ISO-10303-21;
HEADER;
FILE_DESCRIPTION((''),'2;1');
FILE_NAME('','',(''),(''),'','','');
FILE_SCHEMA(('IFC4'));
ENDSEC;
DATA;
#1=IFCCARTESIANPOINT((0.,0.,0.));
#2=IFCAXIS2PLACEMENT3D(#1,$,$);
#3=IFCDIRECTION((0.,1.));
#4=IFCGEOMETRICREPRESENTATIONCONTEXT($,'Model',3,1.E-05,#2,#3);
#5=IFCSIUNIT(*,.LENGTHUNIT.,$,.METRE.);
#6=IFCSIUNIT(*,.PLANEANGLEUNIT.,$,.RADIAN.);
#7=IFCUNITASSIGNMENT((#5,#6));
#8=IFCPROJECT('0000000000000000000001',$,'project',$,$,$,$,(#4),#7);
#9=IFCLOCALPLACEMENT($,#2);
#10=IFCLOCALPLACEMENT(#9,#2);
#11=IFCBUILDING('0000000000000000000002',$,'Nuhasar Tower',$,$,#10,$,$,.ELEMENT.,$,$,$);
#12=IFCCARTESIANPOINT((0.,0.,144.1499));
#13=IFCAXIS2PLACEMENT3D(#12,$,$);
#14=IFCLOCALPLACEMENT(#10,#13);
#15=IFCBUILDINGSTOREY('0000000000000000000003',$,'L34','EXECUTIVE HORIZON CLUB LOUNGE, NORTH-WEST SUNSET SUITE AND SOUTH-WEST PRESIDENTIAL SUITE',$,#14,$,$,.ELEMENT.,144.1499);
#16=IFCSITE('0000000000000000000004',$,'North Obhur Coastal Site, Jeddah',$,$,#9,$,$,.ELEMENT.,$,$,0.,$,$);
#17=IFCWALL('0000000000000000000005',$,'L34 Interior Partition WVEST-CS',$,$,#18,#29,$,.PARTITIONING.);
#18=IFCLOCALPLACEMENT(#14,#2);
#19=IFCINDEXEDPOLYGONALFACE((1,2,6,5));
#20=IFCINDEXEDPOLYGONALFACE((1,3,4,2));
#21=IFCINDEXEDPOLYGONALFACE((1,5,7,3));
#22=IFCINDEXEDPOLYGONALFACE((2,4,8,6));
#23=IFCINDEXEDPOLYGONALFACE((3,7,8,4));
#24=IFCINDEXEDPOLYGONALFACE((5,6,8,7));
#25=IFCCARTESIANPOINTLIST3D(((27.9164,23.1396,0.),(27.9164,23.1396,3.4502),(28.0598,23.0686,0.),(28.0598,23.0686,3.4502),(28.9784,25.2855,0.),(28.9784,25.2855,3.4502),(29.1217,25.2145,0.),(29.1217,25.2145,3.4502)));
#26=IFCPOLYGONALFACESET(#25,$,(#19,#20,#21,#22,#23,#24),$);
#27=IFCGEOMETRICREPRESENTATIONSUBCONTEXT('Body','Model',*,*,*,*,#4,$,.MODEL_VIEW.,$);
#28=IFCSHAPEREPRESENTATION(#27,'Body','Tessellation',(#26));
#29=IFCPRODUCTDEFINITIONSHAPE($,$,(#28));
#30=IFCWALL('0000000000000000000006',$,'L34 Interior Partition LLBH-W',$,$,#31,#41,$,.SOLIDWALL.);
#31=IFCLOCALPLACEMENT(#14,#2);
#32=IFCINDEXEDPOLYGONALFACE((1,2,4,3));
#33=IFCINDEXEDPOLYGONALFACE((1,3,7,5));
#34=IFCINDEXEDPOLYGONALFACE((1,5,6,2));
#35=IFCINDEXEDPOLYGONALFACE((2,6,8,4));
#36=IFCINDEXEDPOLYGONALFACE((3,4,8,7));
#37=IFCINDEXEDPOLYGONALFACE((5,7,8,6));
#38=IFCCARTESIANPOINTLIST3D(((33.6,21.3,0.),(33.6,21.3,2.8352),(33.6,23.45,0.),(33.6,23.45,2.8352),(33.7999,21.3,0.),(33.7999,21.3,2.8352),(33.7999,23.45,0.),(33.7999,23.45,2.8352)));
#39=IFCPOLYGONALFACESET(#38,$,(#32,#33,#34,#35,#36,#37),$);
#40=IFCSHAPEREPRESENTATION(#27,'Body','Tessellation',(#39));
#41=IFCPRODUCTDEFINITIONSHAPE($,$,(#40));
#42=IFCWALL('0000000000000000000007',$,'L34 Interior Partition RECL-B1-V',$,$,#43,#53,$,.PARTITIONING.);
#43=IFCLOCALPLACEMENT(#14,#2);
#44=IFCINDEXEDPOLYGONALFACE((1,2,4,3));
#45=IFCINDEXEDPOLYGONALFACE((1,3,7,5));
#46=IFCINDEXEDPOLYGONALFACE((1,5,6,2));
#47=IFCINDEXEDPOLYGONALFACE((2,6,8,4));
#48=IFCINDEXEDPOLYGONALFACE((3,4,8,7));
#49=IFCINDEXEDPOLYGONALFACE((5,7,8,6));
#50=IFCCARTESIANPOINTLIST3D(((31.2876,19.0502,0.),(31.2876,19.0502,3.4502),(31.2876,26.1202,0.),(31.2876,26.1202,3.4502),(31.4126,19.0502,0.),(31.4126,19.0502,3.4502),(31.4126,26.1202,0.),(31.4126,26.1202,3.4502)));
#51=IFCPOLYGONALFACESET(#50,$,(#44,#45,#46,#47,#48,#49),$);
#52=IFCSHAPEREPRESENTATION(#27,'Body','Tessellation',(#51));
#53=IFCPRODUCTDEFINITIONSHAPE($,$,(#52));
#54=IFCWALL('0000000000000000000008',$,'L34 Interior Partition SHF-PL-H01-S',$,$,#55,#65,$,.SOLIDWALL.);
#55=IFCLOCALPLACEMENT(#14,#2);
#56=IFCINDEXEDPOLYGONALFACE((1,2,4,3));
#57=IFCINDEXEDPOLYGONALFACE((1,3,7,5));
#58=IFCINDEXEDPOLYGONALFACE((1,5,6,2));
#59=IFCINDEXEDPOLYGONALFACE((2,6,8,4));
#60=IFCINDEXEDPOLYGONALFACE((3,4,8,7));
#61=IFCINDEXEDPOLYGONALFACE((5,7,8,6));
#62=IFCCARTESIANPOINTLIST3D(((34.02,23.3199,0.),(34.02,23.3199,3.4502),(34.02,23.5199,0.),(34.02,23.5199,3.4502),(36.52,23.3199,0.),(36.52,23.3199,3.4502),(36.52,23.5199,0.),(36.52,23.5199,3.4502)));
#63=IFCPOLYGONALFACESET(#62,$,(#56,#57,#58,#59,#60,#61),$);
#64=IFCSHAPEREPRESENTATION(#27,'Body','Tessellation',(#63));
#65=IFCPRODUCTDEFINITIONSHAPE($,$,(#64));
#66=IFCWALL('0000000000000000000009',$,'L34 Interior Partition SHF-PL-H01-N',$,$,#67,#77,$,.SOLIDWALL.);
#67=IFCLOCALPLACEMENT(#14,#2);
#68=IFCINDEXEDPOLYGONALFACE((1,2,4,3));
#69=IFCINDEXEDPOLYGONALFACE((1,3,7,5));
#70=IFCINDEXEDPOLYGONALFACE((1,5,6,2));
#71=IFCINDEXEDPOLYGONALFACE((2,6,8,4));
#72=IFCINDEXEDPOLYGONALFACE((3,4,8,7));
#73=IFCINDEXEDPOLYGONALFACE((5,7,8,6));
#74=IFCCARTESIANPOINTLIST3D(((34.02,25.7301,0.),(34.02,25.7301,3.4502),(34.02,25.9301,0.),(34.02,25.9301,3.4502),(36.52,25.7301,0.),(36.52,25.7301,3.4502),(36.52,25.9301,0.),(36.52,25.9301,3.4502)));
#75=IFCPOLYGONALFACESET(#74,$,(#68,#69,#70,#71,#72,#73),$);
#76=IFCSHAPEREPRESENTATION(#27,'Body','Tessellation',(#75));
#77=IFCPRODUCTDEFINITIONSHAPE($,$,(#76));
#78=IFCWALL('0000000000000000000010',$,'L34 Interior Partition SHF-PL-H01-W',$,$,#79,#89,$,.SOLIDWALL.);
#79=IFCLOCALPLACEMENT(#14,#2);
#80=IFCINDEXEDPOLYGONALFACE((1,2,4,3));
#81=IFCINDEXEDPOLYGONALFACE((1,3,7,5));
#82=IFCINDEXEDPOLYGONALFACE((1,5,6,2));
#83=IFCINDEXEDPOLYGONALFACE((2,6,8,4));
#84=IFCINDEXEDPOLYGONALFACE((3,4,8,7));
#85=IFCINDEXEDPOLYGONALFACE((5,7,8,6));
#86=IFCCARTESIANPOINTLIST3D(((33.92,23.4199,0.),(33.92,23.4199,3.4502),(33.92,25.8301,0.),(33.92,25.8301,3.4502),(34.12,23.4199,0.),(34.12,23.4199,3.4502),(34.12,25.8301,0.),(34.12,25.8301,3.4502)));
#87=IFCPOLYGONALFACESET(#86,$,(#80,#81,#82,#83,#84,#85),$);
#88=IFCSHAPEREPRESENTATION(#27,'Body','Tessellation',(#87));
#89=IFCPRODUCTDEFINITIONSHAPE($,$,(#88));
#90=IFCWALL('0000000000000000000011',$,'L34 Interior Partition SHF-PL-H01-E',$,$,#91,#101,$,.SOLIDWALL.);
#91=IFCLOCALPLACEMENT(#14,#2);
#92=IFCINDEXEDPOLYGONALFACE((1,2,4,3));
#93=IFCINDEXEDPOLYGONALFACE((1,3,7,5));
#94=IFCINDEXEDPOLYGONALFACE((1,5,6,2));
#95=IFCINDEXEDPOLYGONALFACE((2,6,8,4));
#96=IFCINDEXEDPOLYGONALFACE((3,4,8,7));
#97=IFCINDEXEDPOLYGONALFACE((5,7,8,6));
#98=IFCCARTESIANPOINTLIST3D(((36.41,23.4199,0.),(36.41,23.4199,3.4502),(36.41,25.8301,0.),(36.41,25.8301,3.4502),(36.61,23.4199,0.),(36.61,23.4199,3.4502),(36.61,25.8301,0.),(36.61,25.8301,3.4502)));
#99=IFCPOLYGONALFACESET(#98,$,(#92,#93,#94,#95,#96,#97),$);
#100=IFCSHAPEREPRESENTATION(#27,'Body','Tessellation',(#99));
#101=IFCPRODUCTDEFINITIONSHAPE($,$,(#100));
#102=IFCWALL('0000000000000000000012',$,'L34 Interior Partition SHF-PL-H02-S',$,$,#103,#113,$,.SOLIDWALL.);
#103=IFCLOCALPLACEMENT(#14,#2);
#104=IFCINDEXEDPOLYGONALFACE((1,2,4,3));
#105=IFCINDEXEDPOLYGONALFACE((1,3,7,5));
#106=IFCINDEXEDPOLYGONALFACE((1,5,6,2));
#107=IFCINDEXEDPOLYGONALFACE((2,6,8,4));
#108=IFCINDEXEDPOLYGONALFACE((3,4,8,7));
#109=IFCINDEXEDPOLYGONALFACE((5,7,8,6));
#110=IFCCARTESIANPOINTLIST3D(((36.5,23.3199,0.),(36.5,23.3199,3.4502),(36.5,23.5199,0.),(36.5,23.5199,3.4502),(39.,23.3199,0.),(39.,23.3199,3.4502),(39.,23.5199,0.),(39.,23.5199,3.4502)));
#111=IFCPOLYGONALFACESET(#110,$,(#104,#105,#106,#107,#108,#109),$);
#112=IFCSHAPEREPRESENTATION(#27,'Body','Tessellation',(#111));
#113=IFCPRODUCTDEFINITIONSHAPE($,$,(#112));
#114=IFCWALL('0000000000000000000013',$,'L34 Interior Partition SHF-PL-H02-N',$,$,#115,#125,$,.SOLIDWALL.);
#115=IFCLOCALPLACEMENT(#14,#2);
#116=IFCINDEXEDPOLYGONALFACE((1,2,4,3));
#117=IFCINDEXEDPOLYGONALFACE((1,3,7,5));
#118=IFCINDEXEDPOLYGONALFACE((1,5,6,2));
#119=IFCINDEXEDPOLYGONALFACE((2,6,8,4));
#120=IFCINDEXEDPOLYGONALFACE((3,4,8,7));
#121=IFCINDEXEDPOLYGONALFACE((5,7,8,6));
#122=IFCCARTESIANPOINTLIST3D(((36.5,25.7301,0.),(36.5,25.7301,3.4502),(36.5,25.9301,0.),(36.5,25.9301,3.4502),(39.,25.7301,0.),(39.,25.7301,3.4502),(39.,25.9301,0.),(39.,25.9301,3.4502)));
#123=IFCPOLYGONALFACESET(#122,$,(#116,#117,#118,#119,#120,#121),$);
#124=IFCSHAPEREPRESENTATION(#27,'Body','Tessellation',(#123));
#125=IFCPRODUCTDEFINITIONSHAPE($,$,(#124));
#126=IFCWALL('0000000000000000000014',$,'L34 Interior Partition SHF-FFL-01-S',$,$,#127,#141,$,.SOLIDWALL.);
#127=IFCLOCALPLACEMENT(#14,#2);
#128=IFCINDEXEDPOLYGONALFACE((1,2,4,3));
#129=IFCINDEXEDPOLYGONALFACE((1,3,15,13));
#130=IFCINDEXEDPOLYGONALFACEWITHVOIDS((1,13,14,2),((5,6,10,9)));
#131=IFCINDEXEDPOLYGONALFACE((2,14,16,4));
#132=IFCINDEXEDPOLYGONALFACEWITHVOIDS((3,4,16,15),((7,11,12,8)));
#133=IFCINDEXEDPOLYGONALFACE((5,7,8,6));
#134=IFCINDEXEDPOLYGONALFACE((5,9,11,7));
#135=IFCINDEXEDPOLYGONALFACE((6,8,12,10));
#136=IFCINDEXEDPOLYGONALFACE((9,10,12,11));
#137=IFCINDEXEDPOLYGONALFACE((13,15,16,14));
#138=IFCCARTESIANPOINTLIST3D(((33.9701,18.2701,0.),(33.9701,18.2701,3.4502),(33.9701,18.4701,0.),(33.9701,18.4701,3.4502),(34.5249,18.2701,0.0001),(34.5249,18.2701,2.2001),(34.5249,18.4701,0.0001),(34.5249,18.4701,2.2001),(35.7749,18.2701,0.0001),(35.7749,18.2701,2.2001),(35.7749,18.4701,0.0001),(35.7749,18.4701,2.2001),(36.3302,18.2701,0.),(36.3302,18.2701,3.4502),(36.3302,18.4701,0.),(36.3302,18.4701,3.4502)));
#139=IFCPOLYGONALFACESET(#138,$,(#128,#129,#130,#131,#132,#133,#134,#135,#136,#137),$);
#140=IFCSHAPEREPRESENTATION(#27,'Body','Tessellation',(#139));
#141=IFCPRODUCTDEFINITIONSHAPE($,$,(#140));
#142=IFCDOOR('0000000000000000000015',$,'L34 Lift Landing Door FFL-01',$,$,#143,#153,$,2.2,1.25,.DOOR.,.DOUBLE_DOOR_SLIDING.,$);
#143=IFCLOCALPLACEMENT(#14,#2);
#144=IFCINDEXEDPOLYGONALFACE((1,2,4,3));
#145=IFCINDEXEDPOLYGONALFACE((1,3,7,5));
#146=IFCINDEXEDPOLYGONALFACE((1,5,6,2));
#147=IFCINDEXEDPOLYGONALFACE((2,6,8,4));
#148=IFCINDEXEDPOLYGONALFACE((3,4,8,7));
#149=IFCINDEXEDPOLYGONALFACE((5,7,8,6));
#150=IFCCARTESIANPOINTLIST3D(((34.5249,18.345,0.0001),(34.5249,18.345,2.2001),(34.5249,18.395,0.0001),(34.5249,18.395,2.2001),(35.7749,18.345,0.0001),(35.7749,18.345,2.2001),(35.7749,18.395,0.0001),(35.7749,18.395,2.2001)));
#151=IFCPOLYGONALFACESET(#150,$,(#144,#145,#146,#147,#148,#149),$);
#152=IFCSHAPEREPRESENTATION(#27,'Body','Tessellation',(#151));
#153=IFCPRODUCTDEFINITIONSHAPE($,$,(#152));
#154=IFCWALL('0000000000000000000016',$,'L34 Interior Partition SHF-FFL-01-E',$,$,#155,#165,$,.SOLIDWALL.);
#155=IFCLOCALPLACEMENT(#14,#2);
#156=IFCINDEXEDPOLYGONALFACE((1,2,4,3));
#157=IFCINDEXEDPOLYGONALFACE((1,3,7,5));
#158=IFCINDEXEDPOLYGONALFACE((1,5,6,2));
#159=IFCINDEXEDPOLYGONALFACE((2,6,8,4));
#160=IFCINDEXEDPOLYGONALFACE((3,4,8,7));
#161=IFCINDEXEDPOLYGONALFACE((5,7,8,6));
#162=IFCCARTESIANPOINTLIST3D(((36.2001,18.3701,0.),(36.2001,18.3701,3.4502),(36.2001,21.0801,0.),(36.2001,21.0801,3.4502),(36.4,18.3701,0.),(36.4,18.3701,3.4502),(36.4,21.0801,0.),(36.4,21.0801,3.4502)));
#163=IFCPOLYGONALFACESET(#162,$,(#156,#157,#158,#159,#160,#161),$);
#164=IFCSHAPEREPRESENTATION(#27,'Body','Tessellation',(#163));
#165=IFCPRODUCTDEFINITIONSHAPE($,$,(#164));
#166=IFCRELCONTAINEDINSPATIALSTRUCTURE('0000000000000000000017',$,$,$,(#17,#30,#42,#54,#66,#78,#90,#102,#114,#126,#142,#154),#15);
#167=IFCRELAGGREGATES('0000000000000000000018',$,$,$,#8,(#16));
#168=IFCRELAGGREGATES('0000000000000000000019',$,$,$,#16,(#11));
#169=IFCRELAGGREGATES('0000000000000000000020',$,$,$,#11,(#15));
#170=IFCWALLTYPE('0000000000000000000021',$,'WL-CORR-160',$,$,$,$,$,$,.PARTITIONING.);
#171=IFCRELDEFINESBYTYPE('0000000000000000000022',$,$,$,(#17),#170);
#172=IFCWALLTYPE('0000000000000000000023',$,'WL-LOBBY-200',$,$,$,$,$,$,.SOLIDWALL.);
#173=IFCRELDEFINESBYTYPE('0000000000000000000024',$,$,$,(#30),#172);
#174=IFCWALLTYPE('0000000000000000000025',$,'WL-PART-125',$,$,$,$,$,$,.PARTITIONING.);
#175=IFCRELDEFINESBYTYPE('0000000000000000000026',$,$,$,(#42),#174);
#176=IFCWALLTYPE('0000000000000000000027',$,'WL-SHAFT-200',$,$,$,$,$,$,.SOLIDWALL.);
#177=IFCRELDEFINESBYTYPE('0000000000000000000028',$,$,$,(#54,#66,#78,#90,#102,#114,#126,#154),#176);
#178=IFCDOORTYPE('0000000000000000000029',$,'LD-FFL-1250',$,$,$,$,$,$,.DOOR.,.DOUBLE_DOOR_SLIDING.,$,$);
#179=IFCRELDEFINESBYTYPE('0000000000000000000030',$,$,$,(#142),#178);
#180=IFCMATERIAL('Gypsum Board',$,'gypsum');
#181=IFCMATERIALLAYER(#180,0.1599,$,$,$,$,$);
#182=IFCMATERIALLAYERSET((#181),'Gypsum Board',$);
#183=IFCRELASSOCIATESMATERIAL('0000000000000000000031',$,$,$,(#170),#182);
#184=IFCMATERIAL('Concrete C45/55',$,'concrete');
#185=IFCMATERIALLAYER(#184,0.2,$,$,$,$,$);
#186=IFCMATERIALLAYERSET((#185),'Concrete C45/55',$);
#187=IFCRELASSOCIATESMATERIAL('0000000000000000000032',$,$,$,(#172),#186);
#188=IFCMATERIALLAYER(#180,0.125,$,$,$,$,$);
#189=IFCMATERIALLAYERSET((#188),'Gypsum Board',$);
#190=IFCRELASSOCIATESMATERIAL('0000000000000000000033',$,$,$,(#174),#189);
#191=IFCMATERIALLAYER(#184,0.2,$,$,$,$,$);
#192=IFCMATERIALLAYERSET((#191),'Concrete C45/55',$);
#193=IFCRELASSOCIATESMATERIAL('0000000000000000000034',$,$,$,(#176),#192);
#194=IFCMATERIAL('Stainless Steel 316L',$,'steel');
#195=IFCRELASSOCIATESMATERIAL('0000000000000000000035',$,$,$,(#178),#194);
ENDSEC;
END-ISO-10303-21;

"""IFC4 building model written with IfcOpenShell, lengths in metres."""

from ifc_helpers import new_model, si_unit, direction, frame, frame_2d, origin, place, context, subcontext, project, spatial, rectangle, extrude, material, layer, layer_set, type_object, element, fill, save


model = new_model("IFC4")

# Units and contexts
model_context = context("Model", 3, precision=1e-05, world=origin(), true_north=direction((0.0, 1.0)))
body_context = subcontext(model_context, "Body", "Model", "MODEL_VIEW")
ifc_project = project(units=[si_unit("LENGTHUNIT", "METRE"), si_unit("PLANEANGLEUNIT", "RADIAN")], contexts=[model_context])

# Site, building, storey
site_placement = place(None, origin())
site = spatial("IfcSite", under=ifc_project, at=site_placement, Name="North Obhur Coastal Site, Jeddah", CompositionType="ELEMENT", RefElevation=0.0)
building_placement = place(site_placement, origin())
building = spatial("IfcBuilding", under=site, at=building_placement, Name="Nuhasar Tower", CompositionType="ELEMENT")
storey_placement = place(building_placement, frame((0.0, 0.0, 144.1499)))
storey = spatial("IfcBuildingStorey", under=building, at=storey_placement, Name="L34", Description="EXECUTIVE HORIZON CLUB LOUNGE, NORTH-WEST SUNSET SUITE AND SOUTH-WEST PRESIDENTIAL SUITE", CompositionType="ELEMENT", Elevation=144.1499)

# Shared definitions
ifc_material_1 = material(Name="Gypsum Board", Category="gypsum")
ifc_layer_1 = layer(ifc_material_1, 0.1599)
ifc_layer_set_1 = layer_set([ifc_layer_1], Name="Gypsum Board")
wall_type_1 = type_object("IfcWallType", Name="WL-CORR-160", PredefinedType="PARTITIONING", material=ifc_layer_set_1)

# Walls
wall_1_placement = place(storey_placement, frame((27.988, 23.104, 0.0), z_axis=(0.0, 0.0, 1.0), x_axis=(0.443539, 0.896255, 0.0)))
element("IfcWall", 1, at=wall_1_placement, inside=storey, type_object=wall_type_1, Name="L34 Interior Partition WVEST-CS", PredefinedType="PARTITIONING", context=body_context, shape_type="SweptSolid", body=[
    extrude(rectangle(XDim=2.3943, YDim=0.1599, at=frame_2d((1.1973, 0.0))), origin(), (0.0, 0.0, 1.0), 3.4502),
])
ifc_material_2 = material(Name="Concrete C45/55", Category="concrete")
ifc_layer_2 = layer(ifc_material_2, 0.2)
ifc_layer_set_2 = layer_set([ifc_layer_2], Name="Concrete C45/55")
wall_type_2 = type_object("IfcWallType", Name="WL-LOBBY-200", PredefinedType="SOLIDWALL", material=ifc_layer_set_2)
wall_2_placement = place(storey_placement, frame((33.7, 21.3, 0.0), z_axis=(0.0, 0.0, 1.0), x_axis=(0.0, 1.0, 0.0)))
element("IfcWall", 2, at=wall_2_placement, inside=storey, type_object=wall_type_2, Name="L34 Interior Partition LLBH-W", PredefinedType="SOLIDWALL", context=body_context, shape_type="SweptSolid", body=[
    extrude(rectangle(XDim=2.1499, YDim=0.2, at=frame_2d((1.075, 0.0))), origin(), (0.0, 0.0, 1.0), 2.8352),
])
ifc_layer_3 = layer(ifc_material_1, 0.125)
ifc_layer_set_3 = layer_set([ifc_layer_3], Name="Gypsum Board")
wall_type_3 = type_object("IfcWallType", Name="WL-PART-125", PredefinedType="PARTITIONING", material=ifc_layer_set_3)
wall_3_placement = place(storey_placement, frame((31.3501, 19.05, 0.0), z_axis=(0.0, 0.0, 1.0), x_axis=(0.0, 1.0, 0.0)))
element("IfcWall", 3, at=wall_3_placement, inside=storey, type_object=wall_type_3, Name="L34 Interior Partition RECL-B1-V", PredefinedType="PARTITIONING", context=body_context, shape_type="SweptSolid", body=[
    extrude(rectangle(XDim=7.0701, YDim=0.125, at=frame_2d((3.5352, 0.0))), origin(), (0.0, 0.0, 1.0), 3.4502),
])
ifc_layer_4 = layer(ifc_material_2, 0.2)
ifc_layer_set_4 = layer_set([ifc_layer_4], Name="Concrete C45/55")
wall_type_4 = type_object("IfcWallType", Name="WL-SHAFT-200", PredefinedType="SOLIDWALL", material=ifc_layer_set_4)
for number, where, z_axis, x_axis, name in (
    (4, (34.02, 23.4199, 0.0), (0.0, 0.0, 1.0), (1.0, 0.0, 0.0), "L34 Interior Partition SHF-PL-H01-S"),
    (5, (34.02, 25.8301, 0.0), (0.0, 0.0, 1.0), (1.0, 0.0, 0.0), "L34 Interior Partition SHF-PL-H01-N"),
):
    element("IfcWall", number, at=place(storey_placement, frame(where, z_axis=z_axis, x_axis=x_axis)), inside=storey, type_object=wall_type_4, Name=name, PredefinedType="SOLIDWALL", context=body_context, shape_type="SweptSolid", body=[
        extrude(rectangle(XDim=2.5, YDim=0.2, at=frame_2d((1.25, 0.0))), origin(), (0.0, 0.0, 1.0), 3.4502),
    ])
for number, where, z_axis, x_axis, name in (
    (6, (34.02, 23.4199, 0.0), (0.0, 0.0, 1.0), (0.0, 1.0, 0.0), "L34 Interior Partition SHF-PL-H01-W"),
    (7, (36.51, 23.4199, 0.0), (0.0, 0.0, 1.0), (0.0, 1.0, 0.0), "L34 Interior Partition SHF-PL-H01-E"),
):
    element("IfcWall", number, at=place(storey_placement, frame(where, z_axis=z_axis, x_axis=x_axis)), inside=storey, type_object=wall_type_4, Name=name, PredefinedType="SOLIDWALL", context=body_context, shape_type="SweptSolid", body=[
        extrude(rectangle(XDim=2.4102, YDim=0.2, at=frame_2d((1.2051, 0.0))), origin(), (0.0, 0.0, 1.0), 3.4502),
    ])
for number, where, z_axis, x_axis, name in (
    (8, (36.5, 23.4199, 0.0), (0.0, 0.0, 1.0), (1.0, 0.0, 0.0), "L34 Interior Partition SHF-PL-H02-S"),
    (9, (36.5, 25.8301, 0.0), (0.0, 0.0, 1.0), (1.0, 0.0, 0.0), "L34 Interior Partition SHF-PL-H02-N"),
):
    element("IfcWall", number, at=place(storey_placement, frame(where, z_axis=z_axis, x_axis=x_axis)), inside=storey, type_object=wall_type_4, Name=name, PredefinedType="SOLIDWALL", context=body_context, shape_type="SweptSolid", body=[
        extrude(rectangle(XDim=2.5, YDim=0.2, at=frame_2d((1.25, 0.0))), origin(), (0.0, 0.0, 1.0), 3.4502),
    ])

# Wall, opening, door
wall_4_placement = place(storey_placement, frame((33.97, 18.3701, 0.0), z_axis=(0.0, 0.0, 1.0), x_axis=(1.0, 0.0, 0.0)))
wall_4 = element("IfcWall", 10, at=wall_4_placement, inside=storey, type_object=wall_type_4, Name="L34 Interior Partition SHF-FFL-01-S", PredefinedType="SOLIDWALL", context=body_context, shape_type="SweptSolid", body=[
    extrude(rectangle(XDim=2.3601, YDim=0.2, at=frame_2d((1.1802, 0.0))), origin(), (0.0, 0.0, 1.0), 3.4502),
])
opening_1_placement = place(wall_4_placement, frame((0.5549, 0.0, 0.0)))
opening_1 = element("IfcOpeningElement", 11, at=opening_1_placement, cuts=wall_4, PredefinedType="OPENING", context=body_context, shape_type="SweptSolid", body=[
    extrude(rectangle(XDim=1.25, YDim=2.2, at=frame_2d((0.625, 1.1001))), frame((0.0, 0.1099, 0.0), z_axis=(0.0, -1.0, 0.0), x_axis=(1.0, 0.0, 0.0)), (0.0, 0.0, 1.0), 0.22),
])
ifc_material_3 = material(Name="Stainless Steel 316L", Category="steel")
door_type_1 = type_object("IfcDoorType", Name="LD-FFL-1250", OperationType="DOUBLE_DOOR_SLIDING", PredefinedType="DOOR", material=ifc_material_3)
door_1_placement = place(opening_1_placement, origin())
door_1 = element("IfcDoor", 12, at=door_1_placement, inside=storey, type_object=door_type_1, Name="L34 Lift Landing Door FFL-01", OperationType="DOUBLE_DOOR_SLIDING", OverallHeight=2.2, OverallWidth=1.25, PredefinedType="DOOR", context=body_context, shape_type="SweptSolid", body=[
    extrude(rectangle(XDim=1.25, YDim=2.2, at=frame_2d((0.625, 1.1001))), frame((0.0, 0.0249, 0.0), z_axis=(0.0, -1.0, 0.0), x_axis=(1.0, 0.0, 0.0)), (0.0, 0.0, 1.0), 0.05),
])
fill(opening_1, door_1)

# Wall
wall_5_placement = place(storey_placement, frame((36.3, 18.3701, 0.0), z_axis=(0.0, 0.0, 1.0), x_axis=(0.0, 1.0, 0.0)))
element("IfcWall", 13, at=wall_5_placement, inside=storey, type_object=wall_type_4, Name="L34 Interior Partition SHF-FFL-01-E", PredefinedType="SOLIDWALL", context=body_context, shape_type="SweptSolid", body=[
    extrude(rectangle(XDim=2.71, YDim=0.2, at=frame_2d((1.355, 0.0))), origin(), (0.0, 0.0, 1.0), 3.4502),
])

save(model, "model.ifc")
